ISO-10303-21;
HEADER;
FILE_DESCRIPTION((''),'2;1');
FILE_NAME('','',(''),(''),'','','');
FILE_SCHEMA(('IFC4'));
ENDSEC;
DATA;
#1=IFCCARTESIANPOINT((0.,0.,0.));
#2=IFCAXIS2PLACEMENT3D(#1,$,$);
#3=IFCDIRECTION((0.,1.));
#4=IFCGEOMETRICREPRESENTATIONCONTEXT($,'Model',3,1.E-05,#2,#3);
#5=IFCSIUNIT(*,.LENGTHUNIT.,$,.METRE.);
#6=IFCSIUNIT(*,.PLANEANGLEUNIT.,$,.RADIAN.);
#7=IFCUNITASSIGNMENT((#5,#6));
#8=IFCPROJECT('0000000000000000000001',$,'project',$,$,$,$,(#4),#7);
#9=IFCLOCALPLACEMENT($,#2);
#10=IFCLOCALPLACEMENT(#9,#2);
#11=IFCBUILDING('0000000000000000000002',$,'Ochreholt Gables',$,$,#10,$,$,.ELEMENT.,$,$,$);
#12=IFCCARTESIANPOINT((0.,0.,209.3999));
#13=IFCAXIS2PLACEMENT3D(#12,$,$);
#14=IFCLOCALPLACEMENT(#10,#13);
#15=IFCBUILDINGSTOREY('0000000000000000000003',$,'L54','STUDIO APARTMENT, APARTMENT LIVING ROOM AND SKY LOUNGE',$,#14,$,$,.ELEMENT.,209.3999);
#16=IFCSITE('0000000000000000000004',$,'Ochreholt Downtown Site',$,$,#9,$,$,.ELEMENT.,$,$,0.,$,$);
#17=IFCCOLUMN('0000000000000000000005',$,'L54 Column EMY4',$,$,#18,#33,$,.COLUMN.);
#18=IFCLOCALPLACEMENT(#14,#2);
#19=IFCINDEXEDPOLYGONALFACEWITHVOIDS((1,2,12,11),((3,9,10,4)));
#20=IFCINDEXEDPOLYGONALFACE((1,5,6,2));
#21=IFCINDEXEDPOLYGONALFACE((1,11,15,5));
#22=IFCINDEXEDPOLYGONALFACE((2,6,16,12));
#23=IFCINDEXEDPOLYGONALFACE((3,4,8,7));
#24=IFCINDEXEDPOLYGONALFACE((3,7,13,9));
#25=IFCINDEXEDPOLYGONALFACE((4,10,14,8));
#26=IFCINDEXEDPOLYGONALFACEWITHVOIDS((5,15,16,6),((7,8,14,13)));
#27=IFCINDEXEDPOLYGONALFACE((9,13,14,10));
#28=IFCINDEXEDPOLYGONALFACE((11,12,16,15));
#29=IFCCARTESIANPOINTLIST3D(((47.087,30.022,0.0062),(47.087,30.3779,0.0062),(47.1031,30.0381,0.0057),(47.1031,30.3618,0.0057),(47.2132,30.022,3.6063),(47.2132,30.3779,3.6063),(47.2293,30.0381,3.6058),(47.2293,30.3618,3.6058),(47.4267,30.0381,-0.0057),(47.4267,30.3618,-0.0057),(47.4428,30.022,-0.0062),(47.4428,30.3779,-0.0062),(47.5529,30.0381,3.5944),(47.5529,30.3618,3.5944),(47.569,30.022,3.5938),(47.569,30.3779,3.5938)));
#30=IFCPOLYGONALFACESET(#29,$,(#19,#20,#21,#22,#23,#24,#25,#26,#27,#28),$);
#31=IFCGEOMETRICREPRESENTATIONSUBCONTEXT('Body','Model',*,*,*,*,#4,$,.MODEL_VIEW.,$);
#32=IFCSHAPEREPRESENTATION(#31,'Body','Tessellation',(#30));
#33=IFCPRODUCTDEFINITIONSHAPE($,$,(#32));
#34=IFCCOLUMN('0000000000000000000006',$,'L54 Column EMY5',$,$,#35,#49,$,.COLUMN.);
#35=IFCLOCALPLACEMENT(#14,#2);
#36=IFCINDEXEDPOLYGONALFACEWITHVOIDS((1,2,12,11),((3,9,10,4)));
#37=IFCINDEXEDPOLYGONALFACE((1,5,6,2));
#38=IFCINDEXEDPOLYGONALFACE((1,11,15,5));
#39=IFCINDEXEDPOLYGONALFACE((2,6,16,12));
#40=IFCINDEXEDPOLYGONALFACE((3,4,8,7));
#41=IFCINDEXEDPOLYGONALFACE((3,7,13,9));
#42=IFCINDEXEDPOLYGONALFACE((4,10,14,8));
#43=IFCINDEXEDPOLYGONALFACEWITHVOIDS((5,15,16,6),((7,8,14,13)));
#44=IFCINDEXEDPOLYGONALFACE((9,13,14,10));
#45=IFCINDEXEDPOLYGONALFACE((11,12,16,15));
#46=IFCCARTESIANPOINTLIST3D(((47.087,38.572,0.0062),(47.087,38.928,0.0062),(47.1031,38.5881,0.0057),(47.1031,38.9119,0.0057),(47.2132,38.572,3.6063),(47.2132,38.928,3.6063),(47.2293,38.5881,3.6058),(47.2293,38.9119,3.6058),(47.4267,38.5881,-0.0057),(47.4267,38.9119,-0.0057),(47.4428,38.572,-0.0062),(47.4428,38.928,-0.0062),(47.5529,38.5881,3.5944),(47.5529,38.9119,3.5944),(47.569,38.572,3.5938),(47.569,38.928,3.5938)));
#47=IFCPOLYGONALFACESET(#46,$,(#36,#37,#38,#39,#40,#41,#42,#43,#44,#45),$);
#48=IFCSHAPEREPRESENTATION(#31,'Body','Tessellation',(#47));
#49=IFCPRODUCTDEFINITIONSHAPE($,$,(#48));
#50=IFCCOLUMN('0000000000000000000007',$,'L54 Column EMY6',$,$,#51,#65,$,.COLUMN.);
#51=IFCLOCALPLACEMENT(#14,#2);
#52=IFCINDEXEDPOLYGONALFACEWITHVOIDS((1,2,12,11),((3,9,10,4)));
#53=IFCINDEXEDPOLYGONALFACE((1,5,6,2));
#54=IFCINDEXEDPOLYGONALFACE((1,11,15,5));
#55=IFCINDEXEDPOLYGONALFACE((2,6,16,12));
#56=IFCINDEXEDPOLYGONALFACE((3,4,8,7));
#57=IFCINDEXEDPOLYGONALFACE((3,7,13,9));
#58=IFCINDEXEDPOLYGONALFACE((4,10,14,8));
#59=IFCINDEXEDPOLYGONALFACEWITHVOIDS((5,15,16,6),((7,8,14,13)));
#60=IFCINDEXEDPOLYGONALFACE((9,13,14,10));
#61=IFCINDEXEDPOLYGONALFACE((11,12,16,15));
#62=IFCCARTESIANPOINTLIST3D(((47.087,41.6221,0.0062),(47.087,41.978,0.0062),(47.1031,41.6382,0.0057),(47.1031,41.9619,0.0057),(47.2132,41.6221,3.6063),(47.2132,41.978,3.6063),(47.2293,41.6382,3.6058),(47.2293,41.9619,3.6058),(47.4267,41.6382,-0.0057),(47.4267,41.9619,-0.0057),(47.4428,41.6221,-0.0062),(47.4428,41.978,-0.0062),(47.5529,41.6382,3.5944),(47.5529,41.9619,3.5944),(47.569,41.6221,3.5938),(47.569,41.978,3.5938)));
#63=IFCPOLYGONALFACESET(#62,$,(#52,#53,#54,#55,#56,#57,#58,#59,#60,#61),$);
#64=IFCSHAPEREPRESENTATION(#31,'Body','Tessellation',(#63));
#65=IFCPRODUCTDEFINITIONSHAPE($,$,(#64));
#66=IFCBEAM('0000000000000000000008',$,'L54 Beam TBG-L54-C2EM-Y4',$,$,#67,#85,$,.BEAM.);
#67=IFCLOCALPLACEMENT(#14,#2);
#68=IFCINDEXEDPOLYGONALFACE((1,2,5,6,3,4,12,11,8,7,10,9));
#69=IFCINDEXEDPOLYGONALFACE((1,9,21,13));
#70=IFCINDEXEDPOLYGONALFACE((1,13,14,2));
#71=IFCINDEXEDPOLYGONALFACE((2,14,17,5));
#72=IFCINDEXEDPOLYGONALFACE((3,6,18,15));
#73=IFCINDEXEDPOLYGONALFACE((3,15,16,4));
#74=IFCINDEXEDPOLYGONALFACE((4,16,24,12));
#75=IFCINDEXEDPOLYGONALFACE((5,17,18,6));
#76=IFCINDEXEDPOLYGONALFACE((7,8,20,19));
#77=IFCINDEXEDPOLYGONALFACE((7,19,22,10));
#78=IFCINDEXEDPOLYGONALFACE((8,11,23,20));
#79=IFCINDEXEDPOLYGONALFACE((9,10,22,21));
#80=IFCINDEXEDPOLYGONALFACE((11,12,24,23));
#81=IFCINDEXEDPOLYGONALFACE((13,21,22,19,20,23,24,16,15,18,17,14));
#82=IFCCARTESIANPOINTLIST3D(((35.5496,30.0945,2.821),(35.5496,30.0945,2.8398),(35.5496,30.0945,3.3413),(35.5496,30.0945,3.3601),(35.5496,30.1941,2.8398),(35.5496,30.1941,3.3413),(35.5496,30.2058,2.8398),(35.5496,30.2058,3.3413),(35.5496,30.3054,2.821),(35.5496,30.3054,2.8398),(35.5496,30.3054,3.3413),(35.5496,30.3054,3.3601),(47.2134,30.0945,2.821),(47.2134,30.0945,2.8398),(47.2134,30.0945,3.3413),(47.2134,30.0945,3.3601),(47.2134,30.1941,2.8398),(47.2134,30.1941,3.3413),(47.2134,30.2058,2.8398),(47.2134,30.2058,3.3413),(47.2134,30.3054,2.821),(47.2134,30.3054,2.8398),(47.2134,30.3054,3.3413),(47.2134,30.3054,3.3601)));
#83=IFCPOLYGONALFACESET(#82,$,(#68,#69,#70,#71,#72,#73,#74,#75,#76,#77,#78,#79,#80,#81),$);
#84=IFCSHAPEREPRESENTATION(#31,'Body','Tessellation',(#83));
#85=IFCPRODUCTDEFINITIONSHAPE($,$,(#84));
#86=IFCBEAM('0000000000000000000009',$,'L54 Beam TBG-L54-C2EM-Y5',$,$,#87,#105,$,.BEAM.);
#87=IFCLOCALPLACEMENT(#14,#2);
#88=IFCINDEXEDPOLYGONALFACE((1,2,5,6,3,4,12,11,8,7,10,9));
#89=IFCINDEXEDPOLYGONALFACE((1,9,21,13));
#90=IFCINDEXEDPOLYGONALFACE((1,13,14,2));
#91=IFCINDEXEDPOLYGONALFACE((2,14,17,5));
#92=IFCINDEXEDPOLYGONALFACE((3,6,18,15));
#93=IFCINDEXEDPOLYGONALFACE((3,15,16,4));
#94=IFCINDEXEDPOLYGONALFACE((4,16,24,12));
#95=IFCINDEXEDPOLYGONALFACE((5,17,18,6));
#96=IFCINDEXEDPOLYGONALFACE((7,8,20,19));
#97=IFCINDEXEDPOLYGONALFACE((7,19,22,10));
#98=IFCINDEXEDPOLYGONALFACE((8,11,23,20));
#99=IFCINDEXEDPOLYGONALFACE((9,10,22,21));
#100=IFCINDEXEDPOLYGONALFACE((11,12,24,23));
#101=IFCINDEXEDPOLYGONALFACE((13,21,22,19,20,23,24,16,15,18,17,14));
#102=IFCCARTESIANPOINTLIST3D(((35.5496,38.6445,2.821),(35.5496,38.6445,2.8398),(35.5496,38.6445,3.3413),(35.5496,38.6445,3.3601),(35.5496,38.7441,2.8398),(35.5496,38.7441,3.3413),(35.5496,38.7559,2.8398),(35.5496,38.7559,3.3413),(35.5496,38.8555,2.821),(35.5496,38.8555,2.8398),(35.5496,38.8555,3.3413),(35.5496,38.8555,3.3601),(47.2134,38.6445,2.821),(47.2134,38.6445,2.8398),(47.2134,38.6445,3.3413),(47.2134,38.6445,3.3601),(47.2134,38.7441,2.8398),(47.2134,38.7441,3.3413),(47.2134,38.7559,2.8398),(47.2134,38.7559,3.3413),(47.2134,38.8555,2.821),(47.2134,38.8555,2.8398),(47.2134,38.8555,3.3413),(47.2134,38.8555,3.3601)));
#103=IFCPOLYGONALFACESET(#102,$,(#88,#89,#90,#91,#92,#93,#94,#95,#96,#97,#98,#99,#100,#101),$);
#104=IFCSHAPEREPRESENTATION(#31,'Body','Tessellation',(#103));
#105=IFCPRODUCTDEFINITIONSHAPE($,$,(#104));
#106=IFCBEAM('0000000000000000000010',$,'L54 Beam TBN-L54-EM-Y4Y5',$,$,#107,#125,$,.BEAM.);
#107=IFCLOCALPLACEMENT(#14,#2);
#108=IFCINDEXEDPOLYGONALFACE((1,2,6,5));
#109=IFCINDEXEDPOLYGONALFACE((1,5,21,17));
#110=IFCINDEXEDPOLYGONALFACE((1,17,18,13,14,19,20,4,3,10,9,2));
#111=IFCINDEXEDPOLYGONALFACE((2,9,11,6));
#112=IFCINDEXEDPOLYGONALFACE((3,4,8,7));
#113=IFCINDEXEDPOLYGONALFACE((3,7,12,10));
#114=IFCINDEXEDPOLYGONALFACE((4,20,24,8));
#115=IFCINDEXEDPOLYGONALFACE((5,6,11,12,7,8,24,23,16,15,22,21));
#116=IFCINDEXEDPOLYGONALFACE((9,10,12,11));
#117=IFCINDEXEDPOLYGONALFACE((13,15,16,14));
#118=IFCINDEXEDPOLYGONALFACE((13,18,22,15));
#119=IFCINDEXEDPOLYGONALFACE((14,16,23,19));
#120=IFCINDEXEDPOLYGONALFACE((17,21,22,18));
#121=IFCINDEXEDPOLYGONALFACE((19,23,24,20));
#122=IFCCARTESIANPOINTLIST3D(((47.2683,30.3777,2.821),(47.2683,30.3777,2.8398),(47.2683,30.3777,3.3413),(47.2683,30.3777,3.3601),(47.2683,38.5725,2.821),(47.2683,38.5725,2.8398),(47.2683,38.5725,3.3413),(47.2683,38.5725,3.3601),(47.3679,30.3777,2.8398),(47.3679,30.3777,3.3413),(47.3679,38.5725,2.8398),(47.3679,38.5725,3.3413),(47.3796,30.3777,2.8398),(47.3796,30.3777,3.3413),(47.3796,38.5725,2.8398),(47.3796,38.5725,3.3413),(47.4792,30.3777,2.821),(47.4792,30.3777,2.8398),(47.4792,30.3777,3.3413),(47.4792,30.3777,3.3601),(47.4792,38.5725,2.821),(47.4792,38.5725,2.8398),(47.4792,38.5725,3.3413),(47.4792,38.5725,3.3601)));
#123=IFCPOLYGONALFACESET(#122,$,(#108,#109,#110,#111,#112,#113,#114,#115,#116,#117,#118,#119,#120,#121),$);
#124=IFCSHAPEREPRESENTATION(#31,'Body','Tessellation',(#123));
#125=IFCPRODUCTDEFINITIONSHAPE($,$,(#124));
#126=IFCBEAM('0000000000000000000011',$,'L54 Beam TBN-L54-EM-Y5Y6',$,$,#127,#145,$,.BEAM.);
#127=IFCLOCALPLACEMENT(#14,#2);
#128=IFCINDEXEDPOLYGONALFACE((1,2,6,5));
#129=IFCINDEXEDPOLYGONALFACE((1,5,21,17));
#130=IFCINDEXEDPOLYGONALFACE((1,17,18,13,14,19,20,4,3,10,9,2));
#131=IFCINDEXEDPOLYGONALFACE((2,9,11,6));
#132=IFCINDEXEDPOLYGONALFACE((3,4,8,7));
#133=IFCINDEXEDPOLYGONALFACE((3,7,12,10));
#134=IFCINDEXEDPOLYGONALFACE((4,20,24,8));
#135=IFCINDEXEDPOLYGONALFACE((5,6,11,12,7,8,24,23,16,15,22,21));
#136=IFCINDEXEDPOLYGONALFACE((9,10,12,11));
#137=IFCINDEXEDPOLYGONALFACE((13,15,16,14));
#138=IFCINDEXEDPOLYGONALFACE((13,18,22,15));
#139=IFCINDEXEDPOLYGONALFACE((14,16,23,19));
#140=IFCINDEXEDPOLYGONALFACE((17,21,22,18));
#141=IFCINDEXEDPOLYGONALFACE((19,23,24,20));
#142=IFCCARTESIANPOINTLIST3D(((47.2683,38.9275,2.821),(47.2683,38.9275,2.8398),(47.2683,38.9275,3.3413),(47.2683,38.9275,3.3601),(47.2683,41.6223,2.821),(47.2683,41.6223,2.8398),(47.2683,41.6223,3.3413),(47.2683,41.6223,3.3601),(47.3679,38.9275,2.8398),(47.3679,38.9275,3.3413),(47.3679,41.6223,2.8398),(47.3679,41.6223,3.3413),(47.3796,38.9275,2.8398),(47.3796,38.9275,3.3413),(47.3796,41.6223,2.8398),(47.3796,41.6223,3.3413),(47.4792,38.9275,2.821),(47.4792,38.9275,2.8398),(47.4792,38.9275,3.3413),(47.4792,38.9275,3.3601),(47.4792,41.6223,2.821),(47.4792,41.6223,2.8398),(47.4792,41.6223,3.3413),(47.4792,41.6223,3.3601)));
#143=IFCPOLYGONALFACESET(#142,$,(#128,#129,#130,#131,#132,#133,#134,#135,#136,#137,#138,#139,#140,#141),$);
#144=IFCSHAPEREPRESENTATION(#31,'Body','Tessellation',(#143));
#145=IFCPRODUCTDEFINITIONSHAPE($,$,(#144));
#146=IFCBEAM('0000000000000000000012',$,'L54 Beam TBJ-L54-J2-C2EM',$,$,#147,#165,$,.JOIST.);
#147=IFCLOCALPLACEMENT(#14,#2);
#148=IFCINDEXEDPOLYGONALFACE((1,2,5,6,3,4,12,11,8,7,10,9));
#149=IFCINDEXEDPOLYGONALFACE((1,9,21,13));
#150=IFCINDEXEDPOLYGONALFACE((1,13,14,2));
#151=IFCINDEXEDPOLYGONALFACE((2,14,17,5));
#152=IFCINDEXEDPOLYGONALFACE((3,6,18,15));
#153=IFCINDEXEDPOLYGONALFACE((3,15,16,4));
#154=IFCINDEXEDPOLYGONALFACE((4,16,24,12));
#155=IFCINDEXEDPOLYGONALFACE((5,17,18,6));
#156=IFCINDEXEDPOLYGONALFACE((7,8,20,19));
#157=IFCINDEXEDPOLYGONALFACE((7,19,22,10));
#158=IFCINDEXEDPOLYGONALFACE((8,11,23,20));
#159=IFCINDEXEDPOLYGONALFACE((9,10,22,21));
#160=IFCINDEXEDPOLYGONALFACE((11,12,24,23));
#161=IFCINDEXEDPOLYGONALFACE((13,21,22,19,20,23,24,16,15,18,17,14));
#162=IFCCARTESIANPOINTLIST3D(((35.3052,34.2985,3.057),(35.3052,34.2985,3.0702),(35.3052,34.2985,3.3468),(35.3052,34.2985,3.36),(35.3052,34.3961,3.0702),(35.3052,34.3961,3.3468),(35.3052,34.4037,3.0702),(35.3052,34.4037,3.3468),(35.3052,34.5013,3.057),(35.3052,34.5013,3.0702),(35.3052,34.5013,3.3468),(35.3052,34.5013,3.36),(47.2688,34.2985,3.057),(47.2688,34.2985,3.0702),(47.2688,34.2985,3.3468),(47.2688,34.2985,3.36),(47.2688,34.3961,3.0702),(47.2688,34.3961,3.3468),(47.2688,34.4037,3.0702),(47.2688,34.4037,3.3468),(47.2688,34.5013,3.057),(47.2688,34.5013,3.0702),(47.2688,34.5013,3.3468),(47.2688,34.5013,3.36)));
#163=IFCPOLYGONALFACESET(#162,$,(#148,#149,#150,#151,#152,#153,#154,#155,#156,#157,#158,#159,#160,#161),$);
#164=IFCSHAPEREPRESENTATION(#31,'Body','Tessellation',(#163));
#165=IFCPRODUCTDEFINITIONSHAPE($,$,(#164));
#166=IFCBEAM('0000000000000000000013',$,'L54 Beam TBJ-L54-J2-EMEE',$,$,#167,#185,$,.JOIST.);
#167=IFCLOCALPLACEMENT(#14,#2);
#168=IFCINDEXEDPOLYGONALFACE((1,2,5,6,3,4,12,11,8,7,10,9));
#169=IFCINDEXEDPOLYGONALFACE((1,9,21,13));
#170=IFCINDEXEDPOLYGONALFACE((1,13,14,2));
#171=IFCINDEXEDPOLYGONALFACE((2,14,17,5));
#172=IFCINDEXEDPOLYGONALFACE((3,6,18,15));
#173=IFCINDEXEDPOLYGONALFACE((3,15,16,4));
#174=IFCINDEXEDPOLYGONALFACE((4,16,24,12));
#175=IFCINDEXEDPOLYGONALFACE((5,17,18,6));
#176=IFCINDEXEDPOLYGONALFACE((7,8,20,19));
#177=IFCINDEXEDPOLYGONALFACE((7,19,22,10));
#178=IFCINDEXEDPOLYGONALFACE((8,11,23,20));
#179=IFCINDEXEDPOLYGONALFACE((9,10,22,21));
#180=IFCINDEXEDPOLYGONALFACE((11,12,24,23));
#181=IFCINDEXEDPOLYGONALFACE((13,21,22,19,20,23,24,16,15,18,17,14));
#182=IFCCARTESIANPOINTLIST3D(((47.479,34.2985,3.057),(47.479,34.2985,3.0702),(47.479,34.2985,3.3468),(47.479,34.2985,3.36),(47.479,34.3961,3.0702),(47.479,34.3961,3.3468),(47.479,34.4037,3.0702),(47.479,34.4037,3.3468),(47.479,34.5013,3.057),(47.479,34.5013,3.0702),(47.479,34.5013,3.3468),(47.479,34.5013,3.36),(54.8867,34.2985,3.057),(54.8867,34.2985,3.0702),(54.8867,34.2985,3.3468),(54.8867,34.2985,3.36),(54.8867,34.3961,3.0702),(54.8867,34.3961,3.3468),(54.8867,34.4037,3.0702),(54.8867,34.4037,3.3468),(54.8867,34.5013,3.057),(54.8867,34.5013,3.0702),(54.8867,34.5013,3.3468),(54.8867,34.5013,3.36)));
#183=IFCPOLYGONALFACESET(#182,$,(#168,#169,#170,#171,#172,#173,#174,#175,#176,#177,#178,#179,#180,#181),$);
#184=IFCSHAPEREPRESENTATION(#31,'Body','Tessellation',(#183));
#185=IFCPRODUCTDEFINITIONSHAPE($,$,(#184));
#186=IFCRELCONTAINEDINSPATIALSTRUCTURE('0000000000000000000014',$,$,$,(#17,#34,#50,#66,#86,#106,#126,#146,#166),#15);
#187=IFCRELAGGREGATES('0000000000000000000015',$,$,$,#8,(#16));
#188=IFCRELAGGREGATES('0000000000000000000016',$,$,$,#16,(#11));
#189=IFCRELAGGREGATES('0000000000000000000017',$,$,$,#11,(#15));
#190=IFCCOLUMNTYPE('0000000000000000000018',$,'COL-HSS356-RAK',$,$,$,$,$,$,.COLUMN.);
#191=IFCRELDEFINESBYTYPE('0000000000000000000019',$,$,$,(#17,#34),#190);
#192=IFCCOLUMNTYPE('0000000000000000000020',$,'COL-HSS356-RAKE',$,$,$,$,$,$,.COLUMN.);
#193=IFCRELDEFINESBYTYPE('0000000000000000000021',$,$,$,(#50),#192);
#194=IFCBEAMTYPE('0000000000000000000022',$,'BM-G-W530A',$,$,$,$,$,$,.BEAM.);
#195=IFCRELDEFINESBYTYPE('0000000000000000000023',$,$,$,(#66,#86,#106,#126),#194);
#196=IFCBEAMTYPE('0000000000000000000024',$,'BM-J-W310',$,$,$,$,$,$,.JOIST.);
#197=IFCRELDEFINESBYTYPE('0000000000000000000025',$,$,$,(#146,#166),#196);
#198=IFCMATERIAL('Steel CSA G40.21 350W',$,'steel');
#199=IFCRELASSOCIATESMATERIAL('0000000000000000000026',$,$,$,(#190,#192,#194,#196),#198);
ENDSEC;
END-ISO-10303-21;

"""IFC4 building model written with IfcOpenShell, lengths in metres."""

from ifc_helpers import new_model, si_unit, direction, frame, origin, origin_2d, place, context, subcontext, project, spatial, hollow_rectangle, i_section, extrude, material, material_profile, profile_set, type_object, element, save


model = new_model("IFC4")

# Units and contexts
model_context = context("Model", 3, precision=1e-05, world=origin(), true_north=direction((0.0, 1.0)))
body_context = subcontext(model_context, "Body", "Model", "MODEL_VIEW")
ifc_project = project(units=[si_unit("LENGTHUNIT", "METRE"), si_unit("PLANEANGLEUNIT", "RADIAN")], contexts=[model_context])

# Site, building, storey
site_placement = place(None, origin())
site = spatial("IfcSite", under=ifc_project, at=site_placement, Name="Ochreholt Downtown Site", CompositionType="ELEMENT", RefElevation=0.0)
building_placement = place(site_placement, origin())
building = spatial("IfcBuilding", under=site, at=building_placement, Name="Ochreholt Gables", CompositionType="ELEMENT")
storey_placement = place(building_placement, frame((0.0, 0.0, 209.3999)))
storey = spatial("IfcBuildingStorey", under=building, at=storey_placement, Name="L54", Description="STUDIO APARTMENT, APARTMENT LIVING ROOM AND SKY LOUNGE", CompositionType="ELEMENT", Elevation=209.3999)

# Columns
ifc_material_1 = material(Name="Steel CSA G40.21 350W", Category="steel")
ifc_material_profile_1 = material_profile(ifc_material_1, hollow_rectangle(XDim=0.356, YDim=0.356, WallThickness=0.0161, at=origin_2d()), Name="HSS356X356X16")
ifc_profile_set_1 = profile_set([ifc_material_profile_1], Name="Steel CSA G40.21 350W")
column_type_1 = type_object("IfcColumnType", Name="COL-HSS356-RAK", PredefinedType="COLUMN", material=ifc_profile_set_1)
for number, where, z_axis, x_axis, name in (
    (1, (47.2649, 30.2, 0.0), (0.035039, 0.0, 0.999386), (0.0, 1.0, 0.0), "L54 Column EMY4"),
    (2, (47.2649, 38.75, 0.0), (0.035039, 0.0, 0.999386), (0.0, 1.0, 0.0), "L54 Column EMY5"),
):
    element("IfcColumn", number, at=place(storey_placement, frame(where, z_axis=z_axis, x_axis=x_axis)), inside=storey, type_object=column_type_1, Name=name, PredefinedType="COLUMN", context=body_context, shape_type="SweptSolid", body=[
        extrude(hollow_rectangle(XDim=0.356, YDim=0.356, WallThickness=0.0161, at=origin_2d()), origin(), (0.0, 0.0, 1.0), 3.6023),
    ])
ifc_material_profile_2 = material_profile(ifc_material_1, hollow_rectangle(XDim=0.356, YDim=0.356, WallThickness=0.0161, at=origin_2d()), Name="HSS356X356X16")
ifc_profile_set_2 = profile_set([ifc_material_profile_2], Name="Steel CSA G40.21 350W")
column_type_2 = type_object("IfcColumnType", Name="COL-HSS356-RAKE", PredefinedType="COLUMN", material=ifc_profile_set_2)
column_placement = place(storey_placement, frame((47.2649, 41.8, 0.0), z_axis=(0.035039, 0.0, 0.999386), x_axis=(0.0, 1.0, 0.0)))
element("IfcColumn", 3, at=column_placement, inside=storey, type_object=column_type_2, Name="L54 Column EMY6", PredefinedType="COLUMN", context=body_context, shape_type="SweptSolid", body=[
    extrude(hollow_rectangle(XDim=0.356, YDim=0.356, WallThickness=0.0161, at=origin_2d()), origin(), (0.0, 0.0, 1.0), 3.6023),
])

# Beams
ifc_material_profile_3 = material_profile(ifc_material_1, i_section(OverallWidth=0.2109, OverallDepth=0.5391, WebThickness=0.0117, FlangeThickness=0.0188, at=origin_2d()), Name="W530X109")
ifc_profile_set_3 = profile_set([ifc_material_profile_3], Name="Steel CSA G40.21 350W")
beam_type_1 = type_object("IfcBeamType", Name="BM-G-W530A", PredefinedType="BEAM", material=ifc_profile_set_3)
for number, where, z_axis, x_axis, name in (
    (4, (35.5496, 30.2, 3.0906), (1.0, 0.0, 0.0), (0.0, 1.0, 0.0), "L54 Beam TBG-L54-C2EM-Y4"),
    (5, (35.5496, 38.75, 3.0906), (1.0, 0.0, 0.0), (0.0, 1.0, 0.0), "L54 Beam TBG-L54-C2EM-Y5"),
):
    element("IfcBeam", number, at=place(storey_placement, frame(where, z_axis=z_axis, x_axis=x_axis)), inside=storey, type_object=beam_type_1, Name=name, PredefinedType="BEAM", context=body_context, shape_type="SweptSolid", body=[
        extrude(i_section(OverallWidth=0.2109, OverallDepth=0.5391, WebThickness=0.0117, FlangeThickness=0.0188, at=origin_2d()), origin(), (0.0, 0.0, 1.0), 11.6638),
    ])
beam_1_placement = place(storey_placement, frame((47.3738, 30.3777, 3.0906), z_axis=(0.0, 1.0, 0.0), x_axis=(-1.0, 0.0, 0.0)))
element("IfcBeam", 6, at=beam_1_placement, inside=storey, type_object=beam_type_1, Name="L54 Beam TBN-L54-EM-Y4Y5", PredefinedType="BEAM", context=body_context, shape_type="SweptSolid", body=[
    extrude(i_section(OverallWidth=0.2109, OverallDepth=0.5391, WebThickness=0.0117, FlangeThickness=0.0188, at=origin_2d()), origin(), (0.0, 0.0, 1.0), 8.1948),
])
beam_2_placement = place(storey_placement, frame((47.3738, 38.9275, 3.0906), z_axis=(0.0, 1.0, 0.0), x_axis=(-1.0, 0.0, 0.0)))
element("IfcBeam", 7, at=beam_2_placement, inside=storey, type_object=beam_type_1, Name="L54 Beam TBN-L54-EM-Y5Y6", PredefinedType="BEAM", context=body_context, shape_type="SweptSolid", body=[
    extrude(i_section(OverallWidth=0.2109, OverallDepth=0.5391, WebThickness=0.0117, FlangeThickness=0.0188, at=origin_2d()), origin(), (0.0, 0.0, 1.0), 2.6948),
])
ifc_material_profile_4 = material_profile(ifc_material_1, i_section(OverallWidth=0.2029, OverallDepth=0.303, WebThickness=0.0076, FlangeThickness=0.0132, at=origin_2d()), Name="W310X60")
ifc_profile_set_4 = profile_set([ifc_material_profile_4], Name="Steel CSA G40.21 350W")
beam_type_2 = type_object("IfcBeamType", Name="BM-J-W310", PredefinedType="JOIST", material=ifc_profile_set_4)
beam_3_placement = place(storey_placement, frame((35.3052, 34.3999, 3.2085), z_axis=(1.0, 0.0, 0.0), x_axis=(0.0, 1.0, 0.0)))
element("IfcBeam", 8, at=beam_3_placement, inside=storey, type_object=beam_type_2, Name="L54 Beam TBJ-L54-J2-C2EM", PredefinedType="JOIST", context=body_context, shape_type="SweptSolid", body=[
    extrude(i_section(OverallWidth=0.2029, OverallDepth=0.303, WebThickness=0.0076, FlangeThickness=0.0132, at=origin_2d()), origin(), (0.0, 0.0, 1.0), 11.9636),
])
beam_4_placement = place(storey_placement, frame((47.479, 34.3999, 3.2085), z_axis=(1.0, 0.0, 0.0), x_axis=(0.0, 1.0, 0.0)))
element("IfcBeam", 9, at=beam_4_placement, inside=storey, type_object=beam_type_2, Name="L54 Beam TBJ-L54-J2-EMEE", PredefinedType="JOIST", context=body_context, shape_type="SweptSolid", body=[
    extrude(i_section(OverallWidth=0.2029, OverallDepth=0.303, WebThickness=0.0076, FlangeThickness=0.0132, at=origin_2d()), origin(), (0.0, 0.0, 1.0), 7.4077),
])

save(model, "model.ifc")
